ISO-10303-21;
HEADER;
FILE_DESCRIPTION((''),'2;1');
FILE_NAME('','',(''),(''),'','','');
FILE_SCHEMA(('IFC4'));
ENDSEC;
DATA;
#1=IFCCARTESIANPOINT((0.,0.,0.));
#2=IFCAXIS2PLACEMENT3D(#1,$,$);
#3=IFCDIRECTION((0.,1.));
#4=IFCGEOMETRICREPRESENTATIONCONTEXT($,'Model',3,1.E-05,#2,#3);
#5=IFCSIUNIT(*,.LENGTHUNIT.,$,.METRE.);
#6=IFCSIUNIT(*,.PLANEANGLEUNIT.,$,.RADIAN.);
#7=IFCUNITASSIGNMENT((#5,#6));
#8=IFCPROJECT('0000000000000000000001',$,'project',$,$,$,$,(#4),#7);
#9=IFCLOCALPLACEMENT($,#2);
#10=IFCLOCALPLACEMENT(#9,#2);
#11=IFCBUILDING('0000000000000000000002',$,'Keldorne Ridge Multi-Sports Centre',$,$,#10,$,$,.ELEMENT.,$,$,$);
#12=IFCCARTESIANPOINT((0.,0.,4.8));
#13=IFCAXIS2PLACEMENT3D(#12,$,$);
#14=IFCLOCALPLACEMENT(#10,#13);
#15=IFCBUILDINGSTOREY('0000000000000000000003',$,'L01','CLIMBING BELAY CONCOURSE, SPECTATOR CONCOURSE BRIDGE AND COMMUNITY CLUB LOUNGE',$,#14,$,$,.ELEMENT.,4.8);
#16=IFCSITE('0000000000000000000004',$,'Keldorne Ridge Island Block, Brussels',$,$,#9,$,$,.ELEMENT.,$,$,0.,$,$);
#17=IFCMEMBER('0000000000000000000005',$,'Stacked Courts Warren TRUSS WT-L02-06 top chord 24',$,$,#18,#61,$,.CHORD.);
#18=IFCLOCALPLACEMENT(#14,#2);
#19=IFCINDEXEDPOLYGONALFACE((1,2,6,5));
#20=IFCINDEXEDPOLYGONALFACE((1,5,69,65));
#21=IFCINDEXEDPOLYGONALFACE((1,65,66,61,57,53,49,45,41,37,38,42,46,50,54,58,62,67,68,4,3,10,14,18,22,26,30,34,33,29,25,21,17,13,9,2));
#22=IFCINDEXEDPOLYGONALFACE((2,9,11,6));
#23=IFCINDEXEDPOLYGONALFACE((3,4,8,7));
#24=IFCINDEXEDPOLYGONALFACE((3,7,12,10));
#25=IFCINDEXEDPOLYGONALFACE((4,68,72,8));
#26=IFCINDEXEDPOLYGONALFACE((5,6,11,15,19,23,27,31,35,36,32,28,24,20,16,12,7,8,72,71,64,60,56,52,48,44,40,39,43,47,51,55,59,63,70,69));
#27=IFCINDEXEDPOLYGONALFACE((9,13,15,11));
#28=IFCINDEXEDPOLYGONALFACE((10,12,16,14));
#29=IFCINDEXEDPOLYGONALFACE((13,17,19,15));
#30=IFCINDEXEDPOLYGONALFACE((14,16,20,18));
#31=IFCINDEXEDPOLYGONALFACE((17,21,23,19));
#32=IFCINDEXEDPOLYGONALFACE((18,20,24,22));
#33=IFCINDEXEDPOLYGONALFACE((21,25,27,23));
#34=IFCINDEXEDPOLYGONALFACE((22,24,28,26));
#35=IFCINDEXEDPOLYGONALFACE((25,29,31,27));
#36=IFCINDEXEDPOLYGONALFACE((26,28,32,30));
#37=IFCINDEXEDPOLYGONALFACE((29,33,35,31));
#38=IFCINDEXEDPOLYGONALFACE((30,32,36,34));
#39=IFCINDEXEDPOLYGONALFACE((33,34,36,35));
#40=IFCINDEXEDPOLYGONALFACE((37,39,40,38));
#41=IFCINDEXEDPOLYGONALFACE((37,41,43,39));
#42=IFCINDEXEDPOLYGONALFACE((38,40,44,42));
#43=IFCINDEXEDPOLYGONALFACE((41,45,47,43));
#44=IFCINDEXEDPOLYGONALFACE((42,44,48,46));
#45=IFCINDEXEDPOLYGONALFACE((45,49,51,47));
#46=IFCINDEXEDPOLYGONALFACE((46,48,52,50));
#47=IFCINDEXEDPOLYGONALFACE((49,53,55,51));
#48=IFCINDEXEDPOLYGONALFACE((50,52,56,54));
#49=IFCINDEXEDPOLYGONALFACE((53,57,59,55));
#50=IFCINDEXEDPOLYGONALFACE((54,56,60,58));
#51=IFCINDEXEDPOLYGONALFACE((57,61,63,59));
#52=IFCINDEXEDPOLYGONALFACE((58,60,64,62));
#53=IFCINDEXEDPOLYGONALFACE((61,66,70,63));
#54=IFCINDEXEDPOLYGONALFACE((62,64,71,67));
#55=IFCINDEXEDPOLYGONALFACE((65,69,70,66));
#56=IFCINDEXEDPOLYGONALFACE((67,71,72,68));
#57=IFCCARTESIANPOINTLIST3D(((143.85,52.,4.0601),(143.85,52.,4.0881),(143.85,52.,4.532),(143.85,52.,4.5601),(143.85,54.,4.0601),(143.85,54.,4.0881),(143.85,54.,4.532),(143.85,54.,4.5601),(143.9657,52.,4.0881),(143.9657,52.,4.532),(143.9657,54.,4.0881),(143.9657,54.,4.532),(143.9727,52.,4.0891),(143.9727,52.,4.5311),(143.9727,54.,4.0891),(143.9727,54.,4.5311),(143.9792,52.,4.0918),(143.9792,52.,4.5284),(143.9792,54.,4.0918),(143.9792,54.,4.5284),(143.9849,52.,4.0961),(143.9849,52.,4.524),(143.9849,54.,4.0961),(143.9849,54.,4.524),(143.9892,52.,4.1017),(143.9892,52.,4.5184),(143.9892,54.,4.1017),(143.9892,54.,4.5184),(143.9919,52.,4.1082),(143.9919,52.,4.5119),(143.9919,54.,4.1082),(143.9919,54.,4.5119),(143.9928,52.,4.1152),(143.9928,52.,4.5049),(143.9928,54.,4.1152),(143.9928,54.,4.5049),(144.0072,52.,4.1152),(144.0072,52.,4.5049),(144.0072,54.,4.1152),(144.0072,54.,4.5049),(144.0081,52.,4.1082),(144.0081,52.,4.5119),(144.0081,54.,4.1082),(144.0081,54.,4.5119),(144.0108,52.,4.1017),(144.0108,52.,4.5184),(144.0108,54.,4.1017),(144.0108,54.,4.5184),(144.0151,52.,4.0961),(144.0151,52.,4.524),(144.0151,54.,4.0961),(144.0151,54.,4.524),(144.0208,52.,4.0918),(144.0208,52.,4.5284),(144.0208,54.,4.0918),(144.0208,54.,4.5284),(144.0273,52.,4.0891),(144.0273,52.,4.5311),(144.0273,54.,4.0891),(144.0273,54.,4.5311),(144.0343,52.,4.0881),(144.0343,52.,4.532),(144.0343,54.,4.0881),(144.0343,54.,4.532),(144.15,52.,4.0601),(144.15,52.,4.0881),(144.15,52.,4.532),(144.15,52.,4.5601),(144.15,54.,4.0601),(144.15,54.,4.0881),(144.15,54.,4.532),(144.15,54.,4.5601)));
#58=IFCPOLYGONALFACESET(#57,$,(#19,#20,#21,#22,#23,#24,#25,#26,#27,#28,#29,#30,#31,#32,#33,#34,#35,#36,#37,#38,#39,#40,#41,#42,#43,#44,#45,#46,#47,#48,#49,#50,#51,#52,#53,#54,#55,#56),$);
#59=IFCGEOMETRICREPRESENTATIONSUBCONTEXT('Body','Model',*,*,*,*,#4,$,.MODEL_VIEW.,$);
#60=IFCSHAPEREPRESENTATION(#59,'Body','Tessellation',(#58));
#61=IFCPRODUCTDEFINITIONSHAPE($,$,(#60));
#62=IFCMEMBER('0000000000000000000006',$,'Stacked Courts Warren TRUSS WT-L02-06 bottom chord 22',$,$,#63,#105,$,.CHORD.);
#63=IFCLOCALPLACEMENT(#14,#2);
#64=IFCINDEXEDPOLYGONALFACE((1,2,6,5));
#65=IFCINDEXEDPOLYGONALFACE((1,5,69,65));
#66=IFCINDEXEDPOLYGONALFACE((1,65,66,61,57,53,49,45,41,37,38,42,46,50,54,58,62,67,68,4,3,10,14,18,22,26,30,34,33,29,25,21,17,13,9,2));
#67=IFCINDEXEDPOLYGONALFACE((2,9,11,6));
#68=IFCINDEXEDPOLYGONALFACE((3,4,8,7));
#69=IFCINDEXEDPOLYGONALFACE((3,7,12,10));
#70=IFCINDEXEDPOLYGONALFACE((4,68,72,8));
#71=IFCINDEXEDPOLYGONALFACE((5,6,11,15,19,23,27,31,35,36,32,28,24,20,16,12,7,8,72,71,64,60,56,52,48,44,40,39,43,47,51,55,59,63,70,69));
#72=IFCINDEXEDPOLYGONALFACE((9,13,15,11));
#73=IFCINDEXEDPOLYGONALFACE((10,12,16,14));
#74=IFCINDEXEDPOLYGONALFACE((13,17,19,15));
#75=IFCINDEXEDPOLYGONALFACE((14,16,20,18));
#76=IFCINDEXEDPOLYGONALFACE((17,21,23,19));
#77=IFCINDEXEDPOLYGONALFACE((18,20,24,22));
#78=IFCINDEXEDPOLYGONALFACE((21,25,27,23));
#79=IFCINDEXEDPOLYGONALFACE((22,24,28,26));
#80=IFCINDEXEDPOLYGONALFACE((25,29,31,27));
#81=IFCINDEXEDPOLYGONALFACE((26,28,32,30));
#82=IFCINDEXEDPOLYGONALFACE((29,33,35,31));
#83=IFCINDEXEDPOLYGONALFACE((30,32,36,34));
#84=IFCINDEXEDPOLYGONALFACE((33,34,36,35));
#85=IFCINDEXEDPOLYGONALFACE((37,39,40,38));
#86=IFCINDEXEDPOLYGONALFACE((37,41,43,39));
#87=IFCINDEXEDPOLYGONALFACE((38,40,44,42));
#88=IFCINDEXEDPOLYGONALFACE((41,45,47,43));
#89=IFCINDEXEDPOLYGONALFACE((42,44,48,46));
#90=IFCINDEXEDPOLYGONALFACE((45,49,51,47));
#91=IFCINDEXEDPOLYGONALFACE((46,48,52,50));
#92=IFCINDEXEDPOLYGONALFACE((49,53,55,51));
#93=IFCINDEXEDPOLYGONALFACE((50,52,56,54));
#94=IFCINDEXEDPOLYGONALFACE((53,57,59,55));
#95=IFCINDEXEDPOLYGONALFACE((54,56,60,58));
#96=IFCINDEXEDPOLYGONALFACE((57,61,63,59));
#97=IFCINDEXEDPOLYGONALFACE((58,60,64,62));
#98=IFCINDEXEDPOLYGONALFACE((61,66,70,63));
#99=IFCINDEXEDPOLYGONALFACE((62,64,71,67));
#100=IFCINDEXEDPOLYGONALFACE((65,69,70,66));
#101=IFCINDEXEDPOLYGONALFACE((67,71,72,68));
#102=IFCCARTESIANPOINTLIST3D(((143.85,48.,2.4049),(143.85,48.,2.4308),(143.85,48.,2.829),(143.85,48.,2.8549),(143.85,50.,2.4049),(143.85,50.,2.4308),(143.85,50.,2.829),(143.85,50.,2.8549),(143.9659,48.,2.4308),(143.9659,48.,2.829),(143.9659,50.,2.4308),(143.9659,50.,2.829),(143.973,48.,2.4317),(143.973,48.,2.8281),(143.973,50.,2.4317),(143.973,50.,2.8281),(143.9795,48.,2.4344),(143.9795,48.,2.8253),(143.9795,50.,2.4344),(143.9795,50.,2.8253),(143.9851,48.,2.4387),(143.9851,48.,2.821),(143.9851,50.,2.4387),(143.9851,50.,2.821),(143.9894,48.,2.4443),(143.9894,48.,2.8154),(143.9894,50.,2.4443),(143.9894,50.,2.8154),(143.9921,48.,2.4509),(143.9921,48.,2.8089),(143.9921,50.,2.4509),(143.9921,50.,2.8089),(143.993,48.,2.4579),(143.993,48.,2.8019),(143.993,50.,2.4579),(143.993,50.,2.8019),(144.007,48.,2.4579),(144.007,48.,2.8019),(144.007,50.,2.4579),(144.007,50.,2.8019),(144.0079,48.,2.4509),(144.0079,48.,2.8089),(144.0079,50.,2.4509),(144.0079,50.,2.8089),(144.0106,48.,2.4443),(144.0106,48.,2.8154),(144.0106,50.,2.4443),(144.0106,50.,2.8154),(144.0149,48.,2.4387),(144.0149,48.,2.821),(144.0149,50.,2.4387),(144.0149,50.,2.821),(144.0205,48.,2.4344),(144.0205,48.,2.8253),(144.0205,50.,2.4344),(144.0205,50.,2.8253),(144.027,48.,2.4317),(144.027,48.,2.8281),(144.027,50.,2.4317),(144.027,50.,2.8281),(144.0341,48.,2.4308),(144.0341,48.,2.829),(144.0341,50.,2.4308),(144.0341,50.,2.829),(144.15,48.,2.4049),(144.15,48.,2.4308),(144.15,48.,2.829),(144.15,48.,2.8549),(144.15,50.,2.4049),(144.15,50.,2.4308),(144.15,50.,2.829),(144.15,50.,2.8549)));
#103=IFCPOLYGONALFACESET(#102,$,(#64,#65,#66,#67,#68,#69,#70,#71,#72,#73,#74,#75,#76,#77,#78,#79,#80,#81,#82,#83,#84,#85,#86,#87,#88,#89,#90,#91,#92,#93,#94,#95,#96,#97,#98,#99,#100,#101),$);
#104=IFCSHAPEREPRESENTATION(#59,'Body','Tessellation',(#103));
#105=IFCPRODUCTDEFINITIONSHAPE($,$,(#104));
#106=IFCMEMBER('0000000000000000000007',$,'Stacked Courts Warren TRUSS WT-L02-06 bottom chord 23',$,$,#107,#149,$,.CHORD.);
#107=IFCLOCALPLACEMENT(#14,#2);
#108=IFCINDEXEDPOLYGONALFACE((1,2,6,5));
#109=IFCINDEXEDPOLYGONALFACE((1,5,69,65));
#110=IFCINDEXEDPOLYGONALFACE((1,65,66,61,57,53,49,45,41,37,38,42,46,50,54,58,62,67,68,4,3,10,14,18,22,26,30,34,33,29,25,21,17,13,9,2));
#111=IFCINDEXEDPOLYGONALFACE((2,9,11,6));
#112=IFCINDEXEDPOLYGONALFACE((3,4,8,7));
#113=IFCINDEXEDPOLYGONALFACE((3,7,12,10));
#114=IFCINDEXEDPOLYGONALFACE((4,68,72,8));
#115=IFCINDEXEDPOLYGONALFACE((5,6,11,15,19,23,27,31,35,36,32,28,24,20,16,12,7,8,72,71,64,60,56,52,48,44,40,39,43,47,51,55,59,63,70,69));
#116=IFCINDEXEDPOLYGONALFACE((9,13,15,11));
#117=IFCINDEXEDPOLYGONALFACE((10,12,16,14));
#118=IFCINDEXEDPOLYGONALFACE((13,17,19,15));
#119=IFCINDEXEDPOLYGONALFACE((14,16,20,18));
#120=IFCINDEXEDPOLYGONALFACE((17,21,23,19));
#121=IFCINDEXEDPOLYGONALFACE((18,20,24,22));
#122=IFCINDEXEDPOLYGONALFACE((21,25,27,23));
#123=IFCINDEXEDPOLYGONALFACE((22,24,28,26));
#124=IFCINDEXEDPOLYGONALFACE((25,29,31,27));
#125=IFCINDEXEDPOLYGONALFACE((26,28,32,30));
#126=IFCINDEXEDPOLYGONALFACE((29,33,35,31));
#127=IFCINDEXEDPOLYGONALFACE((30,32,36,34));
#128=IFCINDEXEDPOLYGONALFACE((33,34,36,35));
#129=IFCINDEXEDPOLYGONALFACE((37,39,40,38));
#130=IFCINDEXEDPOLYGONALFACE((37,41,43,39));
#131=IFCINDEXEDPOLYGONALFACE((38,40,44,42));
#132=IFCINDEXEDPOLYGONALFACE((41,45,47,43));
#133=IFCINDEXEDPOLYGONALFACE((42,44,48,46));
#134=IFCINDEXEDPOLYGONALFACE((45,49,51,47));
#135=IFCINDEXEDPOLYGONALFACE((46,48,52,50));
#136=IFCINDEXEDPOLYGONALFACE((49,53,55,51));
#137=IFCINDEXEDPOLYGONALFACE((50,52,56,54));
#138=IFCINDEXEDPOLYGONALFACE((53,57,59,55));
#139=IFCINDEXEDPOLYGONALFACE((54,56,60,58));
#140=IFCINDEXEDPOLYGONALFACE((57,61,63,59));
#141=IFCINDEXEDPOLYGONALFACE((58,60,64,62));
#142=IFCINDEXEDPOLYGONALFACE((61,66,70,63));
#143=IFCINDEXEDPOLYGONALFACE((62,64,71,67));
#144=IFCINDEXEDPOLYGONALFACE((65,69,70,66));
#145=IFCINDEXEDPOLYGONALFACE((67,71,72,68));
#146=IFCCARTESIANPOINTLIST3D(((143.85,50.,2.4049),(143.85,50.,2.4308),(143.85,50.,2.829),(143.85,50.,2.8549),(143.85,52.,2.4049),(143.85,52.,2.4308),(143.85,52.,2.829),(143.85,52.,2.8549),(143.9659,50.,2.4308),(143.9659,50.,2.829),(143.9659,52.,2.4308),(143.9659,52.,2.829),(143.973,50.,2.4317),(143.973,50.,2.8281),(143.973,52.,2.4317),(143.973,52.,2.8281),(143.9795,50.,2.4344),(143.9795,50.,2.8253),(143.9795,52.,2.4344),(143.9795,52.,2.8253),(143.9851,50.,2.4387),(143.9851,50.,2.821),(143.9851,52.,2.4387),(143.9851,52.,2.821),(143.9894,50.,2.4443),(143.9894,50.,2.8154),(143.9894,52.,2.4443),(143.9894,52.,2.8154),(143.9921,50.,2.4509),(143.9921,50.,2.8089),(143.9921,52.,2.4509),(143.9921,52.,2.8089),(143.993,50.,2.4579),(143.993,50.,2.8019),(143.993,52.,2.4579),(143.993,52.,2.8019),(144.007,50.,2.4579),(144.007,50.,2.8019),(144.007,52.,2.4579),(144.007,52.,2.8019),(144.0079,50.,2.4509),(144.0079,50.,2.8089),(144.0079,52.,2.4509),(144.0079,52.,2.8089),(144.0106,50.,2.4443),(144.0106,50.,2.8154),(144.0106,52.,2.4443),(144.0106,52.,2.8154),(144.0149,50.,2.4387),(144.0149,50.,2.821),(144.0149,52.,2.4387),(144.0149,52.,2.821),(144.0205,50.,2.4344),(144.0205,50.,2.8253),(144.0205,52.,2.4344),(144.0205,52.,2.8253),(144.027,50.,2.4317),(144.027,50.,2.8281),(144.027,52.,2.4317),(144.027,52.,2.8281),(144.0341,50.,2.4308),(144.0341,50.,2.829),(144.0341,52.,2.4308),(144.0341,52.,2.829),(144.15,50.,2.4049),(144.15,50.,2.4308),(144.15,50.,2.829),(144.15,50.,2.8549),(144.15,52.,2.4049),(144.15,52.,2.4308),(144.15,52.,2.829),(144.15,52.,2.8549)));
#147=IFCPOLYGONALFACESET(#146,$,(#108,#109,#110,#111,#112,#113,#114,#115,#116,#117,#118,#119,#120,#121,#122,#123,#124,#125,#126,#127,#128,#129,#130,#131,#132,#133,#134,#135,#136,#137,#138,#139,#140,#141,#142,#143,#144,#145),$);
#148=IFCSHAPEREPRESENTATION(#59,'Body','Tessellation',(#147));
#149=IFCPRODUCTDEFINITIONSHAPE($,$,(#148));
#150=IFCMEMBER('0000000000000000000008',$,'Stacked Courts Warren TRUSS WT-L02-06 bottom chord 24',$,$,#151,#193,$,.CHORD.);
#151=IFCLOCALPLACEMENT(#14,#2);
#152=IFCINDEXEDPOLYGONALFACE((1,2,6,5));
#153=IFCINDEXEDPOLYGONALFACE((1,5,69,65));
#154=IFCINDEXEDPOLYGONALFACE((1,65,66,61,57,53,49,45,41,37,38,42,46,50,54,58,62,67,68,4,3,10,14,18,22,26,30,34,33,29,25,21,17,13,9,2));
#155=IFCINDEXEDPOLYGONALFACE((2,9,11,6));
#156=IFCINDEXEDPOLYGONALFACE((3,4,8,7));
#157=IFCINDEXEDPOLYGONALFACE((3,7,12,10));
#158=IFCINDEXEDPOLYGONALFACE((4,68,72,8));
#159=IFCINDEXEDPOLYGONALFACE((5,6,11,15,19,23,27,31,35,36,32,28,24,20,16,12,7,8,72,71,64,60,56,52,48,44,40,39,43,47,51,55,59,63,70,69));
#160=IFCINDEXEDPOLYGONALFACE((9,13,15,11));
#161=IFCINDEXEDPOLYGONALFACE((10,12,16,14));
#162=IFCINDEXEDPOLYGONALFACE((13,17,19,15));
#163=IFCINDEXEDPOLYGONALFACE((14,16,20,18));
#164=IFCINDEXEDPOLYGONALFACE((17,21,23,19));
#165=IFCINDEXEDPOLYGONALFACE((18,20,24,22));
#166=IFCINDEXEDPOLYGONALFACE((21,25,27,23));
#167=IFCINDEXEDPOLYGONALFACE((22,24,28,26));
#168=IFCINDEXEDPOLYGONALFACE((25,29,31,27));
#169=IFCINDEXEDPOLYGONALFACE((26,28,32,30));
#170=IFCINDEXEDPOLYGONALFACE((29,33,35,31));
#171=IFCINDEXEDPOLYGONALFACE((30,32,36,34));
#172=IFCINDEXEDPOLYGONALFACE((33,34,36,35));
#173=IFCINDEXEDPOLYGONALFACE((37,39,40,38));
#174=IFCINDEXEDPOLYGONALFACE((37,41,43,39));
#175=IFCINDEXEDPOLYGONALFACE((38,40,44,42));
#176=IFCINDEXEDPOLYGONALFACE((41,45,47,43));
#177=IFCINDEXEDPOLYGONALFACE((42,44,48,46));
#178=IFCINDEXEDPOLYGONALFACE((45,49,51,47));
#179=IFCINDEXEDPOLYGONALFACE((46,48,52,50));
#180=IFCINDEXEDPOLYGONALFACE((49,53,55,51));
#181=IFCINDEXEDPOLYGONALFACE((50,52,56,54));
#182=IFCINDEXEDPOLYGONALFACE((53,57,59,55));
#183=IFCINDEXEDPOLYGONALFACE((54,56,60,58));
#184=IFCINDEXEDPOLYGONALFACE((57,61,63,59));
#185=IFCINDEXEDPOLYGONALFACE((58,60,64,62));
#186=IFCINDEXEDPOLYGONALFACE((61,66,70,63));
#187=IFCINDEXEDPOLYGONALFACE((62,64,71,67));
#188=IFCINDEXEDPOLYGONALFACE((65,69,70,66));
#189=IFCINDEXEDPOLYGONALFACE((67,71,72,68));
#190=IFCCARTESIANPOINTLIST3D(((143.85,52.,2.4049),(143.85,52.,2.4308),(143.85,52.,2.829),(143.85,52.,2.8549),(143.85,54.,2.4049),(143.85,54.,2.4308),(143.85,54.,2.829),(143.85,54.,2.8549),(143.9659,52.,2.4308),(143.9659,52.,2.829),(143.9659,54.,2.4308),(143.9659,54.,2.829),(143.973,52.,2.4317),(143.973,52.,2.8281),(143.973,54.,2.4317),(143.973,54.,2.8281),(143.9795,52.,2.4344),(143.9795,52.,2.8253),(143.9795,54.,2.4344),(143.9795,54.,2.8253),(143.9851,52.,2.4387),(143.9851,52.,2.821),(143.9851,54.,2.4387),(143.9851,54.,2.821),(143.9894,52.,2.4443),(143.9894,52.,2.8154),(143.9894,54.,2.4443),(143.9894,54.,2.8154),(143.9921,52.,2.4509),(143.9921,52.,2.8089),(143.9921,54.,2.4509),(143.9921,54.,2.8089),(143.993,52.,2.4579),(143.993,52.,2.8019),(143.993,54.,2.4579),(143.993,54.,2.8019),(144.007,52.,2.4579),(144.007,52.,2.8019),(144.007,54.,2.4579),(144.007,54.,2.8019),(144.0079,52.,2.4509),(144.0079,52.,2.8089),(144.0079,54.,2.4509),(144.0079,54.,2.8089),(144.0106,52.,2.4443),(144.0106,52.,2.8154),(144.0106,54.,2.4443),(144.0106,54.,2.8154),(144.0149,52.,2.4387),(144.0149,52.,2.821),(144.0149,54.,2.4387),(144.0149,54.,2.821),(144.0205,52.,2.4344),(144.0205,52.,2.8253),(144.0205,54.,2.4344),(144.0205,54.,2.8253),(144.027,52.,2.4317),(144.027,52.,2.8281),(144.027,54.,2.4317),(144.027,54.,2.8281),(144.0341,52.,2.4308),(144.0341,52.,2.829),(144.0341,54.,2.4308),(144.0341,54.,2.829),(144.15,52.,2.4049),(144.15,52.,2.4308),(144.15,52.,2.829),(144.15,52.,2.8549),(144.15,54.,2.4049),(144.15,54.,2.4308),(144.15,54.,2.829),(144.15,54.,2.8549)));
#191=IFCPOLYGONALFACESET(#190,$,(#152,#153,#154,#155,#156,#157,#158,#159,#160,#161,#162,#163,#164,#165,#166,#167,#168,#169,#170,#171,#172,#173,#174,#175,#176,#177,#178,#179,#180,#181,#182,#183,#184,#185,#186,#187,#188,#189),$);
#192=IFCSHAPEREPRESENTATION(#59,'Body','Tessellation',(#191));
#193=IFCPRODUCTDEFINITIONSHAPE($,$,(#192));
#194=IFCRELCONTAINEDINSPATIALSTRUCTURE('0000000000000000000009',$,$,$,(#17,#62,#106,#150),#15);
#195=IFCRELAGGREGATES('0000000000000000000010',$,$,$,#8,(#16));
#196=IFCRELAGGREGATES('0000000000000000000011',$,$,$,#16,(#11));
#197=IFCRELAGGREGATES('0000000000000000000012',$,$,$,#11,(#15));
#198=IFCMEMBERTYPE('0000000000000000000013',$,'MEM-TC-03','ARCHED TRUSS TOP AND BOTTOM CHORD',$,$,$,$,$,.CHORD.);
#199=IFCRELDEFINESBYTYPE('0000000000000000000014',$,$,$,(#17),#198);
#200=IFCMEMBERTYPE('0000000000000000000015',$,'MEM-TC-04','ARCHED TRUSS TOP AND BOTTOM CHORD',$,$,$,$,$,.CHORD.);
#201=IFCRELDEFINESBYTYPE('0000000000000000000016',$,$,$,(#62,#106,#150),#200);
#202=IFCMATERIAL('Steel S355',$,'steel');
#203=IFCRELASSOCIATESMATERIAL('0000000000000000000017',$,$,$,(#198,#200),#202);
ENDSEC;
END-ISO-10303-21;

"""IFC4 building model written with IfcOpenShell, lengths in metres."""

from ifc_helpers import new_model, si_unit, direction, frame, origin, origin_2d, place, context, subcontext, project, spatial, i_section, extrude, material, material_profile, profile_set, type_object, element, save


model = new_model("IFC4")

# Units and contexts
model_context = context("Model", 3, precision=1e-05, world=origin(), true_north=direction((0.0, 1.0)))
body_context = subcontext(model_context, "Body", "Model", "MODEL_VIEW")
ifc_project = project(units=[si_unit("LENGTHUNIT", "METRE"), si_unit("PLANEANGLEUNIT", "RADIAN")], contexts=[model_context])

# Site, building, storey
site_placement = place(None, origin())
site = spatial("IfcSite", under=ifc_project, at=site_placement, Name="Keldorne Ridge Island Block, Brussels", CompositionType="ELEMENT", RefElevation=0.0)
building_placement = place(site_placement, origin())
building = spatial("IfcBuilding", under=site, at=building_placement, Name="Keldorne Ridge Multi-Sports Centre", CompositionType="ELEMENT")
storey_placement = place(building_placement, frame((0.0, 0.0, 4.8)))
storey = spatial("IfcBuildingStorey", under=building, at=storey_placement, Name="L01", Description="CLIMBING BELAY CONCOURSE, SPECTATOR CONCOURSE BRIDGE AND COMMUNITY CLUB LOUNGE", CompositionType="ELEMENT", Elevation=4.8)

# Members
ifc_material_1 = material(Name="Steel S355", Category="steel")
ifc_material_profile_1 = material_profile(ifc_material_1, i_section(OverallWidth=0.3, OverallDepth=0.5, WebThickness=0.0144, FlangeThickness=0.0281, FilletRadius=0.0271, at=origin_2d()), Name="HEB 500")
ifc_profile_set_1 = profile_set([ifc_material_profile_1], Name="Steel S355")
member_type_1 = type_object("IfcMemberType", Name="MEM-TC-03", Description="ARCHED TRUSS TOP AND BOTTOM CHORD", PredefinedType="CHORD", material=ifc_profile_set_1)
for number, where, z_axis, x_axis, name in (
    (1, (144.0, 52.0, 4.3101), (0.0, 1.0, 0.0), (-1.0, 0.0, 0.0), "Stacked Courts Warren TRUSS WT-L02-06 top chord 24"),
):
    element("IfcMember", number, at=place(storey_placement, frame(where, z_axis=z_axis, x_axis=x_axis)), inside=storey, type_object=member_type_1, Name=name, PredefinedType="CHORD", context=body_context, shape_type="SweptSolid", body=[
        extrude(i_section(OverallWidth=0.3, OverallDepth=0.5, WebThickness=0.0144, FlangeThickness=0.0281, FilletRadius=0.0271, at=origin_2d()), origin(), (0.0, 0.0, 1.0), 2.0),
    ])
ifc_material_profile_2 = material_profile(ifc_material_1, i_section(OverallWidth=0.3, OverallDepth=0.45, WebThickness=0.0139, FlangeThickness=0.0259, FilletRadius=0.0271, at=origin_2d()), Name="HEB 450")
ifc_profile_set_2 = profile_set([ifc_material_profile_2], Name="Steel S355")
member_type_2 = type_object("IfcMemberType", Name="MEM-TC-04", Description="ARCHED TRUSS TOP AND BOTTOM CHORD", PredefinedType="CHORD", material=ifc_profile_set_2)
for number, where, z_axis, x_axis, name in (
    (2, (144.0, 48.0, 2.6299), (0.0, 1.0, 0.0), (-1.0, 0.0, 0.0), "Stacked Courts Warren TRUSS WT-L02-06 bottom chord 22"),
    (3, (144.0, 50.0, 2.6299), (0.0, 1.0, 0.0), (-1.0, 0.0, 0.0), "Stacked Courts Warren TRUSS WT-L02-06 bottom chord 23"),
    (4, (144.0, 52.0, 2.6299), (0.0, 1.0, 0.0), (-1.0, 0.0, 0.0), "Stacked Courts Warren TRUSS WT-L02-06 bottom chord 24"),
):
    element("IfcMember", number, at=place(storey_placement, frame(where, z_axis=z_axis, x_axis=x_axis)), inside=storey, type_object=member_type_2, Name=name, PredefinedType="CHORD", context=body_context, shape_type="SweptSolid", body=[
        extrude(i_section(OverallWidth=0.3, OverallDepth=0.45, WebThickness=0.0139, FlangeThickness=0.0259, FilletRadius=0.0271, at=origin_2d()), origin(), (0.0, 0.0, 1.0), 2.0),
    ])

save(model, "model.ifc")
